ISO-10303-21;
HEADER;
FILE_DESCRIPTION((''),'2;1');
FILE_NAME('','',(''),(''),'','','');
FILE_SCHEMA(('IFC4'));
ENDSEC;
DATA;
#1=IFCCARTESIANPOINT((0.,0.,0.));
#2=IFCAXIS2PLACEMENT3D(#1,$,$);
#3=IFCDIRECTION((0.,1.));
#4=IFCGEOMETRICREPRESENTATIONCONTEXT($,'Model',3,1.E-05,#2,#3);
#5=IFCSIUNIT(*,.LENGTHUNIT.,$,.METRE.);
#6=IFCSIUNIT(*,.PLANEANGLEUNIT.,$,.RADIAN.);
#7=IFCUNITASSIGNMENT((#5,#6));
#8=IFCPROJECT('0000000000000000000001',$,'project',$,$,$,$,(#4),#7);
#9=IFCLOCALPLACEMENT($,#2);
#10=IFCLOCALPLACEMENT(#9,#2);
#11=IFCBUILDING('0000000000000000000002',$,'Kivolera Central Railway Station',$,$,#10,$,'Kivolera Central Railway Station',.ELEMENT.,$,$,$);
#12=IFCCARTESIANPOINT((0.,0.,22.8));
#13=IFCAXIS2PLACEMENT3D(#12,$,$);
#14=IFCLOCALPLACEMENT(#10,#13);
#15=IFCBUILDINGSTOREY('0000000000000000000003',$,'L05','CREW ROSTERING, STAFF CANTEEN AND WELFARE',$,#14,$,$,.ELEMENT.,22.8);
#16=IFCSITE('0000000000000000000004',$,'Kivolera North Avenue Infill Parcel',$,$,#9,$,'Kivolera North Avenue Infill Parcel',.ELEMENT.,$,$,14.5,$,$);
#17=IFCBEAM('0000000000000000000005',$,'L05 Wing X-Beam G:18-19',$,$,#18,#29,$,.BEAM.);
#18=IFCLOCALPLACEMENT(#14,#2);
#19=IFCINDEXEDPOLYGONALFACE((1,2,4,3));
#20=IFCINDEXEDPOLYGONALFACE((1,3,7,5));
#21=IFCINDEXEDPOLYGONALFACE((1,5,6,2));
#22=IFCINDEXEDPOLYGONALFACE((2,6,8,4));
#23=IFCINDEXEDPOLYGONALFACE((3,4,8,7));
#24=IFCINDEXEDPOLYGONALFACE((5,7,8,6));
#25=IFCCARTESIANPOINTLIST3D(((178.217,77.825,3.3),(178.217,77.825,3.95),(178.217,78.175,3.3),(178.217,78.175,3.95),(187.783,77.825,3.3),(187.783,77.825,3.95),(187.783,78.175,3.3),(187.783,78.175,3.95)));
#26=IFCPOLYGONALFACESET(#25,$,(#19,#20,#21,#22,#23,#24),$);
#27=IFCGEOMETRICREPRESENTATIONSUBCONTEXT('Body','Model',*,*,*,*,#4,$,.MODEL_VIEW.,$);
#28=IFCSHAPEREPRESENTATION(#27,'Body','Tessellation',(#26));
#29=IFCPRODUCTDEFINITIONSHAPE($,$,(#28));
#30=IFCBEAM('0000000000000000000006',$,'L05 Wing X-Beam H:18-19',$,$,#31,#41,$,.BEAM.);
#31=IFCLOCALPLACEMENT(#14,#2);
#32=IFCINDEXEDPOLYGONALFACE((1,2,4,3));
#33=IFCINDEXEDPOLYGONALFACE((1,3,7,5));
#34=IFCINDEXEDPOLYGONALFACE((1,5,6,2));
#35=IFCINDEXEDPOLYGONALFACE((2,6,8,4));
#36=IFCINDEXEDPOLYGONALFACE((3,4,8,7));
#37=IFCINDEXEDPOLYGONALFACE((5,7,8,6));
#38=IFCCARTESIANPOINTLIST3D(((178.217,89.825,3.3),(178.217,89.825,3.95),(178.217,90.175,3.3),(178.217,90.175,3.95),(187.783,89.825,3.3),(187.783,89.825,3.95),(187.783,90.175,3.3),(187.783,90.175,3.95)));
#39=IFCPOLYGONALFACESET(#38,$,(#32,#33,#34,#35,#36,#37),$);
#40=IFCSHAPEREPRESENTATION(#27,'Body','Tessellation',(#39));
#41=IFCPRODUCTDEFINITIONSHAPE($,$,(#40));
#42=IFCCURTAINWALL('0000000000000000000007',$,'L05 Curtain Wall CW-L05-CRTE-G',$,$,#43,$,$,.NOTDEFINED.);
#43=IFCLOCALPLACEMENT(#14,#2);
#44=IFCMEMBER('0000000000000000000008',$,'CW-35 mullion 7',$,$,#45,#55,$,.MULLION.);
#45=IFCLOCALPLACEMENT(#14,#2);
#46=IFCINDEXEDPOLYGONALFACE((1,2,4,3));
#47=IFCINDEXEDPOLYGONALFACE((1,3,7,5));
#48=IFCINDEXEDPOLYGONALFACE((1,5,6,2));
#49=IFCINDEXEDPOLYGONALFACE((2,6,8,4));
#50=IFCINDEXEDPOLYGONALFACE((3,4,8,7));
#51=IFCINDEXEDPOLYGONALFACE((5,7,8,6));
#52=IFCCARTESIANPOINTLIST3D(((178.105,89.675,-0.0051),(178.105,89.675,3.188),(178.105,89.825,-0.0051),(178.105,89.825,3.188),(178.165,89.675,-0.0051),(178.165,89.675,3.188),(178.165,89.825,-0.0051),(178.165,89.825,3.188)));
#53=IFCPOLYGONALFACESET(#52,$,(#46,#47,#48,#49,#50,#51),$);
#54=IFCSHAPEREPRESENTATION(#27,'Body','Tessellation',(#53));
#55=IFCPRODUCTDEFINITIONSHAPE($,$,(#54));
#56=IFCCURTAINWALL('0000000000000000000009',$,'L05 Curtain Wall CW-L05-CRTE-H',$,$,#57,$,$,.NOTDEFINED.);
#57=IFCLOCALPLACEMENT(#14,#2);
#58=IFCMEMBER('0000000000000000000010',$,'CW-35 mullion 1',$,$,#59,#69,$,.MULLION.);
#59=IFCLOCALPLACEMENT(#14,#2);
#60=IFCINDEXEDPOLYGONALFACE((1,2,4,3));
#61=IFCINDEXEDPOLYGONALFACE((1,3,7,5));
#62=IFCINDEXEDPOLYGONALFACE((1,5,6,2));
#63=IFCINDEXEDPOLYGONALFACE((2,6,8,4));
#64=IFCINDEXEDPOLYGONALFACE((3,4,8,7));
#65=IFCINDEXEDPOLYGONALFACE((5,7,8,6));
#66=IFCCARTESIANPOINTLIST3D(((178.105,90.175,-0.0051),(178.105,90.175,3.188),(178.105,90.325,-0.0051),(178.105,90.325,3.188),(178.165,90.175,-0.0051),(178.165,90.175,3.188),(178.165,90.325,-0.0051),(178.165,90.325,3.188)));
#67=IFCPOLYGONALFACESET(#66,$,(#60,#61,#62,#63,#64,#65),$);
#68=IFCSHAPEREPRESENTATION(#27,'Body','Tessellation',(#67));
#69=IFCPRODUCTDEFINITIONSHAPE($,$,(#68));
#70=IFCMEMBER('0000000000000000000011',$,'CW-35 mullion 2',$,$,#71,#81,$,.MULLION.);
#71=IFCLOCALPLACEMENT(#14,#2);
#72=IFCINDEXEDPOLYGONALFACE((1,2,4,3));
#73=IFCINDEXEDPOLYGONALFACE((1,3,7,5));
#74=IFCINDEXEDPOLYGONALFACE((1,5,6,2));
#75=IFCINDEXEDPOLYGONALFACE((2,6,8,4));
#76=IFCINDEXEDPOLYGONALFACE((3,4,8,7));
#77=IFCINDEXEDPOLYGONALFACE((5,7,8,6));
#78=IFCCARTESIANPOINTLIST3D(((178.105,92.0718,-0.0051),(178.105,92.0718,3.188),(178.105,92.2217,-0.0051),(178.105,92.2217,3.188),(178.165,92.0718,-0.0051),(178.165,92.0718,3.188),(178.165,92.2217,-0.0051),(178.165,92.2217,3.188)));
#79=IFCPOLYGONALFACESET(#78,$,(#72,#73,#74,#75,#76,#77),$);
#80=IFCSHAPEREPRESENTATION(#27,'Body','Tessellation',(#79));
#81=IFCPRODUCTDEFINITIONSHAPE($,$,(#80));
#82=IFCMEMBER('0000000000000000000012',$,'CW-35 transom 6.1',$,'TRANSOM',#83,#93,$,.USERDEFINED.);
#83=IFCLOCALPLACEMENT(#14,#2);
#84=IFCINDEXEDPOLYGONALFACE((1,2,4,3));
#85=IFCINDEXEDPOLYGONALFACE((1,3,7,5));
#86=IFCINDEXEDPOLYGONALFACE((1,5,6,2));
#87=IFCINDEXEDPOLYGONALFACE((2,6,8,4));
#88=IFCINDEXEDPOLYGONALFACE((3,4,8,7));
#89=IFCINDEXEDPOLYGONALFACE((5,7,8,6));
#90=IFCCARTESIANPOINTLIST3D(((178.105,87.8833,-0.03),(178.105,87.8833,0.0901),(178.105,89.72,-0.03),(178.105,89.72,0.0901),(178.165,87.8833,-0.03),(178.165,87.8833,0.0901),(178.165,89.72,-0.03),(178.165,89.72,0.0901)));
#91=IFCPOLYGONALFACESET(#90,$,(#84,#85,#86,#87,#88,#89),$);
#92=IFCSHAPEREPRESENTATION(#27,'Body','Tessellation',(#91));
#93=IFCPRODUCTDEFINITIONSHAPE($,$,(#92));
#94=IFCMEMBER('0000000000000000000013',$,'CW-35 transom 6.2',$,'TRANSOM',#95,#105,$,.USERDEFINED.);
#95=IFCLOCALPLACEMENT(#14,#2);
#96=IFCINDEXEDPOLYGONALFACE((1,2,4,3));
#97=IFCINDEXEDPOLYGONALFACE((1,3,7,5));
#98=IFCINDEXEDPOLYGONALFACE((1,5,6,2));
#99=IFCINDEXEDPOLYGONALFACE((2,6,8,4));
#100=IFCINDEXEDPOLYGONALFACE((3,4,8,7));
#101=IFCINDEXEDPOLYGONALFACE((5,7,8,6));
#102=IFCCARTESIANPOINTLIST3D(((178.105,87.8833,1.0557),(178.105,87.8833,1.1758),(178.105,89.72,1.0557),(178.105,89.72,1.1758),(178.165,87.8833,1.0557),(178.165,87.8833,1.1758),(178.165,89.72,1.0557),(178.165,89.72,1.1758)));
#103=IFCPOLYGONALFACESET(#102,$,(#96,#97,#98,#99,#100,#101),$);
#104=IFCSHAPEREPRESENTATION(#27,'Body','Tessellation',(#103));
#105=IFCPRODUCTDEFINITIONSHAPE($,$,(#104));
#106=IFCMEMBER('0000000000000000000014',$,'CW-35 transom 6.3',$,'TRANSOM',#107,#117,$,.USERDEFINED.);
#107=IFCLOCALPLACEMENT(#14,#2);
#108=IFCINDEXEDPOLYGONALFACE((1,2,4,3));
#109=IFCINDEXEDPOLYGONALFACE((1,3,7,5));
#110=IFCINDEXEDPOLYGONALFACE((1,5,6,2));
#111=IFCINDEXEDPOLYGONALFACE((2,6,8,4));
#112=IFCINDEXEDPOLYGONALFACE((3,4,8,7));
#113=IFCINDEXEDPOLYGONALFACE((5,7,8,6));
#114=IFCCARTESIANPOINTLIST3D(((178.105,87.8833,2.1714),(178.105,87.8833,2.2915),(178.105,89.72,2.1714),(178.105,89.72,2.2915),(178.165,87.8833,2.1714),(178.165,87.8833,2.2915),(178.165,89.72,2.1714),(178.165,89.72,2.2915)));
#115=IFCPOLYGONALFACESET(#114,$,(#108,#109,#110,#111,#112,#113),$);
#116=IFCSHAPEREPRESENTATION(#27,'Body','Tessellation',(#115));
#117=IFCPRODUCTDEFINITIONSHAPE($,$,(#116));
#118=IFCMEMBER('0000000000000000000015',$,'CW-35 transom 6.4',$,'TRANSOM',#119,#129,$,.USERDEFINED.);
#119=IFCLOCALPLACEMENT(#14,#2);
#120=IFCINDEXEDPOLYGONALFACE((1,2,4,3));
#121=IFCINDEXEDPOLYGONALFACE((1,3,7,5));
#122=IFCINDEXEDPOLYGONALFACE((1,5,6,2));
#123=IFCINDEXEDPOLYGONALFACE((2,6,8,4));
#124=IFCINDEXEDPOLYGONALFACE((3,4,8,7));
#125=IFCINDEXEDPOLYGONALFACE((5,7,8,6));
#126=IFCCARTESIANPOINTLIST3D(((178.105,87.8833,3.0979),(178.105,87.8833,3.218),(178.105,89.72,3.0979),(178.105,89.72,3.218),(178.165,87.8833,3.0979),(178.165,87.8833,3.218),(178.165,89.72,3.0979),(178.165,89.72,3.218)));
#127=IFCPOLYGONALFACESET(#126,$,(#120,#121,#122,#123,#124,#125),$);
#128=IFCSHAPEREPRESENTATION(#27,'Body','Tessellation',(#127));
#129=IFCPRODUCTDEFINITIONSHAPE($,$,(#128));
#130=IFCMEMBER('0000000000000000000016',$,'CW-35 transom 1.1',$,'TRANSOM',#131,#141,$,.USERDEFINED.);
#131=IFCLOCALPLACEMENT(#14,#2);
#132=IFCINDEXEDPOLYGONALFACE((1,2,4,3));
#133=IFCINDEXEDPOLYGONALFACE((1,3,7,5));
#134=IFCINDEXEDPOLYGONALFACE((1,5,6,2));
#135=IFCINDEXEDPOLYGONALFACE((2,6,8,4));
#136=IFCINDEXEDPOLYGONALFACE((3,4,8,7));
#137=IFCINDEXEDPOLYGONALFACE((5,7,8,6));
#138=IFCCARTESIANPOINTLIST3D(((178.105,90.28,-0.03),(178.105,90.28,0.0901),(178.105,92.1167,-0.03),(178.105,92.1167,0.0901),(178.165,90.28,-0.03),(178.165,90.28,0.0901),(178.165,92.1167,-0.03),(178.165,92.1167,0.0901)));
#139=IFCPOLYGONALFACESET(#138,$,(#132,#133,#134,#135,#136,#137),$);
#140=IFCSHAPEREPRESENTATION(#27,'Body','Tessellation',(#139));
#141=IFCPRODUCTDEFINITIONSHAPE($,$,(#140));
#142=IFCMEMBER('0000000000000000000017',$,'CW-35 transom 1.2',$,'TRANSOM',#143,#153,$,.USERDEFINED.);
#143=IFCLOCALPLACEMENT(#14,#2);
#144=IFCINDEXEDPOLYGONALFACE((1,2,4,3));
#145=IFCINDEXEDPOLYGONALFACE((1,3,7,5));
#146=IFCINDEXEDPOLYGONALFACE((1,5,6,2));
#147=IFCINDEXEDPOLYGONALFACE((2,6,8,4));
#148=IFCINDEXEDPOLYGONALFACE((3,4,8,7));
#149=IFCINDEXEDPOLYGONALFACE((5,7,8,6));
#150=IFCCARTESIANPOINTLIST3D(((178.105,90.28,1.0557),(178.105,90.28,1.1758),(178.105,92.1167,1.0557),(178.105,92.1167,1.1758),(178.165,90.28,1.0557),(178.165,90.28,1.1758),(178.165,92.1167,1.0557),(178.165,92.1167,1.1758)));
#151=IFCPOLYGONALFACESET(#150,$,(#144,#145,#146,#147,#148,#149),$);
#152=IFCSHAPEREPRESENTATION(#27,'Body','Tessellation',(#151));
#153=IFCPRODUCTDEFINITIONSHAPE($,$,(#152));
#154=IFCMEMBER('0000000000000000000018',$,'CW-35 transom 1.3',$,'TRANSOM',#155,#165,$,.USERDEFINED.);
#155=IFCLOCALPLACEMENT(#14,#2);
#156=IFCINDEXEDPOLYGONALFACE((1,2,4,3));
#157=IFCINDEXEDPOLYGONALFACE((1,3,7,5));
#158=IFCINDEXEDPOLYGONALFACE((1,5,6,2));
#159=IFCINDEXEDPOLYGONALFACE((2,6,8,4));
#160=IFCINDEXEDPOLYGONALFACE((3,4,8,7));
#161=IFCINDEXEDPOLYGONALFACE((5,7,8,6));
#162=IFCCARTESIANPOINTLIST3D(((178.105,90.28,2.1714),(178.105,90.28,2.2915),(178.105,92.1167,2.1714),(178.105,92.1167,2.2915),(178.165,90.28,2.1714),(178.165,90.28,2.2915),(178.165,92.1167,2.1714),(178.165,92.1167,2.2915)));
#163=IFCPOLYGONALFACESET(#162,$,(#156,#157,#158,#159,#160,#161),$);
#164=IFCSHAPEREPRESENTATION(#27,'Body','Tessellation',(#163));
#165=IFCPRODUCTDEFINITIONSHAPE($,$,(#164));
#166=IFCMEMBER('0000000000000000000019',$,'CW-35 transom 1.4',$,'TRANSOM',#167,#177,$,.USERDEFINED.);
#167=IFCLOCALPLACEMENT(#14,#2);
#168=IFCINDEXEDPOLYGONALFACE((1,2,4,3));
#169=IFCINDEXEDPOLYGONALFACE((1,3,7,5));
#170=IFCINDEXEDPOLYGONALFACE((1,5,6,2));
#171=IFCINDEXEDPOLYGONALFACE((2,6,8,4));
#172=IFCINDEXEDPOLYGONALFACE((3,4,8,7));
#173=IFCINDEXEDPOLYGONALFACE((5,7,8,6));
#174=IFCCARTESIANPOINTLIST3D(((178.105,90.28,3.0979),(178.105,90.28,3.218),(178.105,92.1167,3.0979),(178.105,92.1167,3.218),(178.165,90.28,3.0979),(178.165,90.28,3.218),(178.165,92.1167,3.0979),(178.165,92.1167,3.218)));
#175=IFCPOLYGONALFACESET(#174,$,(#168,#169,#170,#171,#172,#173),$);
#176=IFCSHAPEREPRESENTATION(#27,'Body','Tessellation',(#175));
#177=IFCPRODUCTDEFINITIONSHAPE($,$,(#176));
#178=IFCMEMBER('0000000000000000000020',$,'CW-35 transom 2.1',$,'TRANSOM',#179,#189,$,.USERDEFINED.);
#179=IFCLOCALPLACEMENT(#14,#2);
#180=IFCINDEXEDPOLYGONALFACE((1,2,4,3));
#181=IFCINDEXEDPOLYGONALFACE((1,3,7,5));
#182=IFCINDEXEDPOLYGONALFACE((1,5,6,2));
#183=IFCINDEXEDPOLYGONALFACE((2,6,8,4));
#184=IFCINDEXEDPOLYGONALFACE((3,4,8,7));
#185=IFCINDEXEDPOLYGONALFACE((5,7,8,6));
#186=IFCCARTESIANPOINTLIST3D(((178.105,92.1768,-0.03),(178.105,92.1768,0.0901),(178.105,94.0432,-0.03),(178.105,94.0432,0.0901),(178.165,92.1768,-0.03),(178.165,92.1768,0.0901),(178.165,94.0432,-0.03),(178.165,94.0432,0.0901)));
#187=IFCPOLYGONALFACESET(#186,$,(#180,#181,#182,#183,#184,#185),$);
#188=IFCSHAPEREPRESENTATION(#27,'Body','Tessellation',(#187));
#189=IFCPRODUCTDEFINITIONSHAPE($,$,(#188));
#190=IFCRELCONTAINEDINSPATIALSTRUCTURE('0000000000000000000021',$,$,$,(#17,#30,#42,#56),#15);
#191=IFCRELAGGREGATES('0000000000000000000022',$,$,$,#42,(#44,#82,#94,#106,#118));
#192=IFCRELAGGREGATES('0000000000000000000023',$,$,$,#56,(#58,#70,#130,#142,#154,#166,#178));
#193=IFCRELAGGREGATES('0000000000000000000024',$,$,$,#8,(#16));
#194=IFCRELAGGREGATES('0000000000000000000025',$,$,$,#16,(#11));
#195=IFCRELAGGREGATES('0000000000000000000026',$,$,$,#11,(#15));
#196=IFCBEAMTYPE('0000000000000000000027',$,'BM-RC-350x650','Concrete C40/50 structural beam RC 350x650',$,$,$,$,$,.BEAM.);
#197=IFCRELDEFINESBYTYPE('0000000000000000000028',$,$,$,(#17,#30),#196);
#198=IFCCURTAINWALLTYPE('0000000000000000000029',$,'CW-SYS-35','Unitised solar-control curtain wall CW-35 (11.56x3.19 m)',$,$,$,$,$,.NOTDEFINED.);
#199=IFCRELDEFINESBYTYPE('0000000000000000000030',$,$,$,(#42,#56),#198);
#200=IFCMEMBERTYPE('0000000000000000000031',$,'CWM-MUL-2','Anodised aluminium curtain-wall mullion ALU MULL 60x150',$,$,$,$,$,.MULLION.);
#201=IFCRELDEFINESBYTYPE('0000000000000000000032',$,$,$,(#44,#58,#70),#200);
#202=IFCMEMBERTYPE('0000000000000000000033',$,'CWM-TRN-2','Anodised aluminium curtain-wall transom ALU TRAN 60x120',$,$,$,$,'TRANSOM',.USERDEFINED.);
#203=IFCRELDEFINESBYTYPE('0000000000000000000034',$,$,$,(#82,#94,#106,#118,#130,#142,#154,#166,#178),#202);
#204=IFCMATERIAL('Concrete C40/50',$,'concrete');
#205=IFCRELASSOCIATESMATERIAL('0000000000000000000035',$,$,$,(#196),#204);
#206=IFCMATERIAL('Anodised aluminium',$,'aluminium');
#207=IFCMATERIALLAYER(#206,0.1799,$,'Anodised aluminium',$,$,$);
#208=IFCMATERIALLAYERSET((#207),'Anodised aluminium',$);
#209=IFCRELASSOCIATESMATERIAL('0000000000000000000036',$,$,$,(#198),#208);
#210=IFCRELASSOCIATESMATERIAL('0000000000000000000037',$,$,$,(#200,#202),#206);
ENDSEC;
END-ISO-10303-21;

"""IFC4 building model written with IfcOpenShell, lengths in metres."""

from ifc_helpers import new_model, si_unit, direction, frame, origin, origin_2d, place, context, subcontext, project, spatial, rectangle, extrude, material, layer, layer_set, material_profile, profile_set, type_object, element, aggregate, save


model = new_model("IFC4")

# Units and contexts
model_context = context("Model", 3, precision=1e-05, world=origin(), true_north=direction((0.0, 1.0)))
body_context = subcontext(model_context, "Body", "Model", "MODEL_VIEW")
ifc_project = project(units=[si_unit("LENGTHUNIT", "METRE"), si_unit("PLANEANGLEUNIT", "RADIAN")], contexts=[model_context])

# Site, building, storey
site_placement = place(None, origin())
site = spatial("IfcSite", under=ifc_project, at=site_placement, Name="Kivolera North Avenue Infill Parcel", LongName="Kivolera North Avenue Infill Parcel", CompositionType="ELEMENT", RefElevation=14.5)
building_placement = place(site_placement, origin())
building = spatial("IfcBuilding", under=site, at=building_placement, Name="Kivolera Central Railway Station", LongName="Kivolera Central Railway Station", CompositionType="ELEMENT")
storey_placement = place(building_placement, frame((0.0, 0.0, 22.8)))
storey = spatial("IfcBuildingStorey", under=building, at=storey_placement, Name="L05", Description="CREW ROSTERING, STAFF CANTEEN AND WELFARE", CompositionType="ELEMENT", Elevation=22.8)

# Beams
ifc_material_1 = material(Name="Concrete C40/50", Category="concrete")
ifc_material_profile_1 = material_profile(ifc_material_1, rectangle(XDim=0.3501, YDim=0.6499, at=origin_2d()), Name="RC 350x650")
ifc_profile_set_1 = profile_set([ifc_material_profile_1], Name="Concrete C40/50")
beam_type = type_object("IfcBeamType", Name="BM-RC-350x650", Description="Concrete C40/50 structural beam RC 350x650", PredefinedType="BEAM", material=ifc_profile_set_1)
for number, where, z_axis, x_axis, name in (
    (1, (178.217, 78.0, 3.625), (1.0, 0.0, 0.0), (0.0, 1.0, 0.0), "L05 Wing X-Beam G:18-19"),
    (2, (178.217, 90.0, 3.625), (1.0, 0.0, 0.0), (0.0, 1.0, 0.0), "L05 Wing X-Beam H:18-19"),
):
    element("IfcBeam", number, at=place(storey_placement, frame(where, z_axis=z_axis, x_axis=x_axis)), inside=storey, type_object=beam_type, Name=name, PredefinedType="BEAM", context=body_context, shape_type="SweptSolid", body=[
        extrude(rectangle(XDim=0.3501, YDim=0.6499, at=origin_2d()), origin(), (0.0, 0.0, 1.0), 9.5659),
    ])

# Curtain wall, member
ifc_material_2 = material(Name="Anodised aluminium", Category="aluminium")
ifc_layer_1 = layer(ifc_material_2, 0.1799, Name="Anodised aluminium")
ifc_layer_set_1 = layer_set([ifc_layer_1], Name="Anodised aluminium")
curtain_wall_type = type_object("IfcCurtainWallType", Name="CW-SYS-35", Description="Unitised solar-control curtain wall CW-35 (11.56x3.19 m)", PredefinedType="NOTDEFINED", material=ifc_layer_set_1)
curtain_wall_1_placement = place(storey_placement, origin())
curtain_wall_1 = element("IfcCurtainWall", 3, at=curtain_wall_1_placement, inside=storey, type_object=curtain_wall_type, Name="L05 Curtain Wall CW-L05-CRTE-G", PredefinedType="NOTDEFINED")
ifc_material_profile_2 = material_profile(ifc_material_2, rectangle(XDim=0.0601, YDim=0.1499, at=origin_2d()), Name="ALU MULL 60x150")
ifc_profile_set_2 = profile_set([ifc_material_profile_2], Name="Anodised aluminium")
member_type_1 = type_object("IfcMemberType", Name="CWM-MUL-2", Description="Anodised aluminium curtain-wall mullion ALU MULL 60x150", PredefinedType="MULLION", material=ifc_profile_set_2)
member_1_placement = place(storey_placement, frame((178.135, 89.75, -0.0051), z_axis=(0.0, 0.0, 1.0), x_axis=(-1.0, 0.0, 0.0)))
member_1 = element("IfcMember", 4, at=member_1_placement, type_object=member_type_1, Name="CW-35 mullion 7", PredefinedType="MULLION", context=body_context, shape_type="SweptSolid", body=[
    extrude(rectangle(XDim=0.0601, YDim=0.1499, at=origin_2d()), origin(), (0.0, 0.0, 1.0), 3.1931),
])

# Curtain wall, members
curtain_wall_2_placement = place(storey_placement, origin())
curtain_wall_2 = element("IfcCurtainWall", 5, at=curtain_wall_2_placement, inside=storey, type_object=curtain_wall_type, Name="L05 Curtain Wall CW-L05-CRTE-H", PredefinedType="NOTDEFINED")
member_2_placement = place(storey_placement, frame((178.135, 90.25, -0.0051), z_axis=(0.0, 0.0, 1.0), x_axis=(-1.0, 0.0, 0.0)))
member_2 = element("IfcMember", 6, at=member_2_placement, type_object=member_type_1, Name="CW-35 mullion 1", PredefinedType="MULLION", context=body_context, shape_type="SweptSolid", body=[
    extrude(rectangle(XDim=0.0601, YDim=0.1499, at=origin_2d()), origin(), (0.0, 0.0, 1.0), 3.1931),
])
member_3_placement = place(storey_placement, frame((178.135, 92.1467, -0.0051), z_axis=(0.0, 0.0, 1.0), x_axis=(-1.0, 0.0, 0.0)))
member_3 = element("IfcMember", 7, at=member_3_placement, type_object=member_type_1, Name="CW-35 mullion 2", PredefinedType="MULLION", context=body_context, shape_type="SweptSolid", body=[
    extrude(rectangle(XDim=0.0601, YDim=0.1499, at=origin_2d()), origin(), (0.0, 0.0, 1.0), 3.1931),
])

# Members
ifc_material_profile_3 = material_profile(ifc_material_2, rectangle(XDim=0.0601, YDim=0.1201, at=origin_2d()), Name="ALU TRAN 60x120")
ifc_profile_set_3 = profile_set([ifc_material_profile_3], Name="Anodised aluminium")
member_type_2 = type_object("IfcMemberType", Name="CWM-TRN-2", Description="Anodised aluminium curtain-wall transom ALU TRAN 60x120", ElementType="TRANSOM", PredefinedType="USERDEFINED", material=ifc_profile_set_3)
member_4_placement = place(storey_placement, frame((178.135, 87.8833, 0.03), z_axis=(0.0, 1.0, 0.0), x_axis=(-1.0, 0.0, 0.0)))
member_4 = element("IfcMember", 8, at=member_4_placement, type_object=member_type_2, Name="CW-35 transom 6.1", ObjectType="TRANSOM", PredefinedType="USERDEFINED", context=body_context, shape_type="SweptSolid", body=[
    extrude(rectangle(XDim=0.0601, YDim=0.1201, at=origin_2d()), origin(), (0.0, 0.0, 1.0), 1.8367),
])
member_5_placement = place(storey_placement, frame((178.135, 87.8833, 1.1157), z_axis=(0.0, 1.0, 0.0), x_axis=(-1.0, 0.0, 0.0)))
member_5 = element("IfcMember", 9, at=member_5_placement, type_object=member_type_2, Name="CW-35 transom 6.2", ObjectType="TRANSOM", PredefinedType="USERDEFINED", context=body_context, shape_type="SweptSolid", body=[
    extrude(rectangle(XDim=0.0601, YDim=0.1201, at=origin_2d()), origin(), (0.0, 0.0, 1.0), 1.8367),
])
member_6_placement = place(storey_placement, frame((178.135, 87.8833, 2.2314), z_axis=(0.0, 1.0, 0.0), x_axis=(-1.0, 0.0, 0.0)))
member_6 = element("IfcMember", 10, at=member_6_placement, type_object=member_type_2, Name="CW-35 transom 6.3", ObjectType="TRANSOM", PredefinedType="USERDEFINED", context=body_context, shape_type="SweptSolid", body=[
    extrude(rectangle(XDim=0.0601, YDim=0.1201, at=origin_2d()), origin(), (0.0, 0.0, 1.0), 1.8367),
])
member_7_placement = place(storey_placement, frame((178.135, 87.8833, 3.158), z_axis=(0.0, 1.0, 0.0), x_axis=(-1.0, 0.0, 0.0)))
member_7 = element("IfcMember", 11, at=member_7_placement, type_object=member_type_2, Name="CW-35 transom 6.4", ObjectType="TRANSOM", PredefinedType="USERDEFINED", context=body_context, shape_type="SweptSolid", body=[
    extrude(rectangle(XDim=0.0601, YDim=0.1201, at=origin_2d()), origin(), (0.0, 0.0, 1.0), 1.8367),
])
member_8_placement = place(storey_placement, frame((178.135, 90.28, 0.03), z_axis=(0.0, 1.0, 0.0), x_axis=(-1.0, 0.0, 0.0)))
member_8 = element("IfcMember", 12, at=member_8_placement, type_object=member_type_2, Name="CW-35 transom 1.1", ObjectType="TRANSOM", PredefinedType="USERDEFINED", context=body_context, shape_type="SweptSolid", body=[
    extrude(rectangle(XDim=0.0601, YDim=0.1201, at=origin_2d()), origin(), (0.0, 0.0, 1.0), 1.8367),
])
member_9_placement = place(storey_placement, frame((178.135, 90.28, 1.1157), z_axis=(0.0, 1.0, 0.0), x_axis=(-1.0, 0.0, 0.0)))
member_9 = element("IfcMember", 13, at=member_9_placement, type_object=member_type_2, Name="CW-35 transom 1.2", ObjectType="TRANSOM", PredefinedType="USERDEFINED", context=body_context, shape_type="SweptSolid", body=[
    extrude(rectangle(XDim=0.0601, YDim=0.1201, at=origin_2d()), origin(), (0.0, 0.0, 1.0), 1.8367),
])
member_10_placement = place(storey_placement, frame((178.135, 90.28, 2.2314), z_axis=(0.0, 1.0, 0.0), x_axis=(-1.0, 0.0, 0.0)))
member_10 = element("IfcMember", 14, at=member_10_placement, type_object=member_type_2, Name="CW-35 transom 1.3", ObjectType="TRANSOM", PredefinedType="USERDEFINED", context=body_context, shape_type="SweptSolid", body=[
    extrude(rectangle(XDim=0.0601, YDim=0.1201, at=origin_2d()), origin(), (0.0, 0.0, 1.0), 1.8367),
])
member_11_placement = place(storey_placement, frame((178.135, 90.28, 3.158), z_axis=(0.0, 1.0, 0.0), x_axis=(-1.0, 0.0, 0.0)))
member_11 = element("IfcMember", 15, at=member_11_placement, type_object=member_type_2, Name="CW-35 transom 1.4", ObjectType="TRANSOM", PredefinedType="USERDEFINED", context=body_context, shape_type="SweptSolid", body=[
    extrude(rectangle(XDim=0.0601, YDim=0.1201, at=origin_2d()), origin(), (0.0, 0.0, 1.0), 1.8367),
])
member_12_placement = place(storey_placement, frame((178.135, 92.1768, 0.03), z_axis=(0.0, 1.0, 0.0), x_axis=(-1.0, 0.0, 0.0)))
member_12 = element("IfcMember", 16, at=member_12_placement, type_object=member_type_2, Name="CW-35 transom 2.1", ObjectType="TRANSOM", PredefinedType="USERDEFINED", context=body_context, shape_type="SweptSolid", body=[
    extrude(rectangle(XDim=0.0601, YDim=0.1201, at=origin_2d()), origin(), (0.0, 0.0, 1.0), 1.8665),
])

aggregate(curtain_wall_1, [member_1, member_4, member_5, member_6, member_7])
aggregate(curtain_wall_2, [member_2, member_3, member_8, member_9, member_10, member_11, member_12])

save(model, "model.ifc")
